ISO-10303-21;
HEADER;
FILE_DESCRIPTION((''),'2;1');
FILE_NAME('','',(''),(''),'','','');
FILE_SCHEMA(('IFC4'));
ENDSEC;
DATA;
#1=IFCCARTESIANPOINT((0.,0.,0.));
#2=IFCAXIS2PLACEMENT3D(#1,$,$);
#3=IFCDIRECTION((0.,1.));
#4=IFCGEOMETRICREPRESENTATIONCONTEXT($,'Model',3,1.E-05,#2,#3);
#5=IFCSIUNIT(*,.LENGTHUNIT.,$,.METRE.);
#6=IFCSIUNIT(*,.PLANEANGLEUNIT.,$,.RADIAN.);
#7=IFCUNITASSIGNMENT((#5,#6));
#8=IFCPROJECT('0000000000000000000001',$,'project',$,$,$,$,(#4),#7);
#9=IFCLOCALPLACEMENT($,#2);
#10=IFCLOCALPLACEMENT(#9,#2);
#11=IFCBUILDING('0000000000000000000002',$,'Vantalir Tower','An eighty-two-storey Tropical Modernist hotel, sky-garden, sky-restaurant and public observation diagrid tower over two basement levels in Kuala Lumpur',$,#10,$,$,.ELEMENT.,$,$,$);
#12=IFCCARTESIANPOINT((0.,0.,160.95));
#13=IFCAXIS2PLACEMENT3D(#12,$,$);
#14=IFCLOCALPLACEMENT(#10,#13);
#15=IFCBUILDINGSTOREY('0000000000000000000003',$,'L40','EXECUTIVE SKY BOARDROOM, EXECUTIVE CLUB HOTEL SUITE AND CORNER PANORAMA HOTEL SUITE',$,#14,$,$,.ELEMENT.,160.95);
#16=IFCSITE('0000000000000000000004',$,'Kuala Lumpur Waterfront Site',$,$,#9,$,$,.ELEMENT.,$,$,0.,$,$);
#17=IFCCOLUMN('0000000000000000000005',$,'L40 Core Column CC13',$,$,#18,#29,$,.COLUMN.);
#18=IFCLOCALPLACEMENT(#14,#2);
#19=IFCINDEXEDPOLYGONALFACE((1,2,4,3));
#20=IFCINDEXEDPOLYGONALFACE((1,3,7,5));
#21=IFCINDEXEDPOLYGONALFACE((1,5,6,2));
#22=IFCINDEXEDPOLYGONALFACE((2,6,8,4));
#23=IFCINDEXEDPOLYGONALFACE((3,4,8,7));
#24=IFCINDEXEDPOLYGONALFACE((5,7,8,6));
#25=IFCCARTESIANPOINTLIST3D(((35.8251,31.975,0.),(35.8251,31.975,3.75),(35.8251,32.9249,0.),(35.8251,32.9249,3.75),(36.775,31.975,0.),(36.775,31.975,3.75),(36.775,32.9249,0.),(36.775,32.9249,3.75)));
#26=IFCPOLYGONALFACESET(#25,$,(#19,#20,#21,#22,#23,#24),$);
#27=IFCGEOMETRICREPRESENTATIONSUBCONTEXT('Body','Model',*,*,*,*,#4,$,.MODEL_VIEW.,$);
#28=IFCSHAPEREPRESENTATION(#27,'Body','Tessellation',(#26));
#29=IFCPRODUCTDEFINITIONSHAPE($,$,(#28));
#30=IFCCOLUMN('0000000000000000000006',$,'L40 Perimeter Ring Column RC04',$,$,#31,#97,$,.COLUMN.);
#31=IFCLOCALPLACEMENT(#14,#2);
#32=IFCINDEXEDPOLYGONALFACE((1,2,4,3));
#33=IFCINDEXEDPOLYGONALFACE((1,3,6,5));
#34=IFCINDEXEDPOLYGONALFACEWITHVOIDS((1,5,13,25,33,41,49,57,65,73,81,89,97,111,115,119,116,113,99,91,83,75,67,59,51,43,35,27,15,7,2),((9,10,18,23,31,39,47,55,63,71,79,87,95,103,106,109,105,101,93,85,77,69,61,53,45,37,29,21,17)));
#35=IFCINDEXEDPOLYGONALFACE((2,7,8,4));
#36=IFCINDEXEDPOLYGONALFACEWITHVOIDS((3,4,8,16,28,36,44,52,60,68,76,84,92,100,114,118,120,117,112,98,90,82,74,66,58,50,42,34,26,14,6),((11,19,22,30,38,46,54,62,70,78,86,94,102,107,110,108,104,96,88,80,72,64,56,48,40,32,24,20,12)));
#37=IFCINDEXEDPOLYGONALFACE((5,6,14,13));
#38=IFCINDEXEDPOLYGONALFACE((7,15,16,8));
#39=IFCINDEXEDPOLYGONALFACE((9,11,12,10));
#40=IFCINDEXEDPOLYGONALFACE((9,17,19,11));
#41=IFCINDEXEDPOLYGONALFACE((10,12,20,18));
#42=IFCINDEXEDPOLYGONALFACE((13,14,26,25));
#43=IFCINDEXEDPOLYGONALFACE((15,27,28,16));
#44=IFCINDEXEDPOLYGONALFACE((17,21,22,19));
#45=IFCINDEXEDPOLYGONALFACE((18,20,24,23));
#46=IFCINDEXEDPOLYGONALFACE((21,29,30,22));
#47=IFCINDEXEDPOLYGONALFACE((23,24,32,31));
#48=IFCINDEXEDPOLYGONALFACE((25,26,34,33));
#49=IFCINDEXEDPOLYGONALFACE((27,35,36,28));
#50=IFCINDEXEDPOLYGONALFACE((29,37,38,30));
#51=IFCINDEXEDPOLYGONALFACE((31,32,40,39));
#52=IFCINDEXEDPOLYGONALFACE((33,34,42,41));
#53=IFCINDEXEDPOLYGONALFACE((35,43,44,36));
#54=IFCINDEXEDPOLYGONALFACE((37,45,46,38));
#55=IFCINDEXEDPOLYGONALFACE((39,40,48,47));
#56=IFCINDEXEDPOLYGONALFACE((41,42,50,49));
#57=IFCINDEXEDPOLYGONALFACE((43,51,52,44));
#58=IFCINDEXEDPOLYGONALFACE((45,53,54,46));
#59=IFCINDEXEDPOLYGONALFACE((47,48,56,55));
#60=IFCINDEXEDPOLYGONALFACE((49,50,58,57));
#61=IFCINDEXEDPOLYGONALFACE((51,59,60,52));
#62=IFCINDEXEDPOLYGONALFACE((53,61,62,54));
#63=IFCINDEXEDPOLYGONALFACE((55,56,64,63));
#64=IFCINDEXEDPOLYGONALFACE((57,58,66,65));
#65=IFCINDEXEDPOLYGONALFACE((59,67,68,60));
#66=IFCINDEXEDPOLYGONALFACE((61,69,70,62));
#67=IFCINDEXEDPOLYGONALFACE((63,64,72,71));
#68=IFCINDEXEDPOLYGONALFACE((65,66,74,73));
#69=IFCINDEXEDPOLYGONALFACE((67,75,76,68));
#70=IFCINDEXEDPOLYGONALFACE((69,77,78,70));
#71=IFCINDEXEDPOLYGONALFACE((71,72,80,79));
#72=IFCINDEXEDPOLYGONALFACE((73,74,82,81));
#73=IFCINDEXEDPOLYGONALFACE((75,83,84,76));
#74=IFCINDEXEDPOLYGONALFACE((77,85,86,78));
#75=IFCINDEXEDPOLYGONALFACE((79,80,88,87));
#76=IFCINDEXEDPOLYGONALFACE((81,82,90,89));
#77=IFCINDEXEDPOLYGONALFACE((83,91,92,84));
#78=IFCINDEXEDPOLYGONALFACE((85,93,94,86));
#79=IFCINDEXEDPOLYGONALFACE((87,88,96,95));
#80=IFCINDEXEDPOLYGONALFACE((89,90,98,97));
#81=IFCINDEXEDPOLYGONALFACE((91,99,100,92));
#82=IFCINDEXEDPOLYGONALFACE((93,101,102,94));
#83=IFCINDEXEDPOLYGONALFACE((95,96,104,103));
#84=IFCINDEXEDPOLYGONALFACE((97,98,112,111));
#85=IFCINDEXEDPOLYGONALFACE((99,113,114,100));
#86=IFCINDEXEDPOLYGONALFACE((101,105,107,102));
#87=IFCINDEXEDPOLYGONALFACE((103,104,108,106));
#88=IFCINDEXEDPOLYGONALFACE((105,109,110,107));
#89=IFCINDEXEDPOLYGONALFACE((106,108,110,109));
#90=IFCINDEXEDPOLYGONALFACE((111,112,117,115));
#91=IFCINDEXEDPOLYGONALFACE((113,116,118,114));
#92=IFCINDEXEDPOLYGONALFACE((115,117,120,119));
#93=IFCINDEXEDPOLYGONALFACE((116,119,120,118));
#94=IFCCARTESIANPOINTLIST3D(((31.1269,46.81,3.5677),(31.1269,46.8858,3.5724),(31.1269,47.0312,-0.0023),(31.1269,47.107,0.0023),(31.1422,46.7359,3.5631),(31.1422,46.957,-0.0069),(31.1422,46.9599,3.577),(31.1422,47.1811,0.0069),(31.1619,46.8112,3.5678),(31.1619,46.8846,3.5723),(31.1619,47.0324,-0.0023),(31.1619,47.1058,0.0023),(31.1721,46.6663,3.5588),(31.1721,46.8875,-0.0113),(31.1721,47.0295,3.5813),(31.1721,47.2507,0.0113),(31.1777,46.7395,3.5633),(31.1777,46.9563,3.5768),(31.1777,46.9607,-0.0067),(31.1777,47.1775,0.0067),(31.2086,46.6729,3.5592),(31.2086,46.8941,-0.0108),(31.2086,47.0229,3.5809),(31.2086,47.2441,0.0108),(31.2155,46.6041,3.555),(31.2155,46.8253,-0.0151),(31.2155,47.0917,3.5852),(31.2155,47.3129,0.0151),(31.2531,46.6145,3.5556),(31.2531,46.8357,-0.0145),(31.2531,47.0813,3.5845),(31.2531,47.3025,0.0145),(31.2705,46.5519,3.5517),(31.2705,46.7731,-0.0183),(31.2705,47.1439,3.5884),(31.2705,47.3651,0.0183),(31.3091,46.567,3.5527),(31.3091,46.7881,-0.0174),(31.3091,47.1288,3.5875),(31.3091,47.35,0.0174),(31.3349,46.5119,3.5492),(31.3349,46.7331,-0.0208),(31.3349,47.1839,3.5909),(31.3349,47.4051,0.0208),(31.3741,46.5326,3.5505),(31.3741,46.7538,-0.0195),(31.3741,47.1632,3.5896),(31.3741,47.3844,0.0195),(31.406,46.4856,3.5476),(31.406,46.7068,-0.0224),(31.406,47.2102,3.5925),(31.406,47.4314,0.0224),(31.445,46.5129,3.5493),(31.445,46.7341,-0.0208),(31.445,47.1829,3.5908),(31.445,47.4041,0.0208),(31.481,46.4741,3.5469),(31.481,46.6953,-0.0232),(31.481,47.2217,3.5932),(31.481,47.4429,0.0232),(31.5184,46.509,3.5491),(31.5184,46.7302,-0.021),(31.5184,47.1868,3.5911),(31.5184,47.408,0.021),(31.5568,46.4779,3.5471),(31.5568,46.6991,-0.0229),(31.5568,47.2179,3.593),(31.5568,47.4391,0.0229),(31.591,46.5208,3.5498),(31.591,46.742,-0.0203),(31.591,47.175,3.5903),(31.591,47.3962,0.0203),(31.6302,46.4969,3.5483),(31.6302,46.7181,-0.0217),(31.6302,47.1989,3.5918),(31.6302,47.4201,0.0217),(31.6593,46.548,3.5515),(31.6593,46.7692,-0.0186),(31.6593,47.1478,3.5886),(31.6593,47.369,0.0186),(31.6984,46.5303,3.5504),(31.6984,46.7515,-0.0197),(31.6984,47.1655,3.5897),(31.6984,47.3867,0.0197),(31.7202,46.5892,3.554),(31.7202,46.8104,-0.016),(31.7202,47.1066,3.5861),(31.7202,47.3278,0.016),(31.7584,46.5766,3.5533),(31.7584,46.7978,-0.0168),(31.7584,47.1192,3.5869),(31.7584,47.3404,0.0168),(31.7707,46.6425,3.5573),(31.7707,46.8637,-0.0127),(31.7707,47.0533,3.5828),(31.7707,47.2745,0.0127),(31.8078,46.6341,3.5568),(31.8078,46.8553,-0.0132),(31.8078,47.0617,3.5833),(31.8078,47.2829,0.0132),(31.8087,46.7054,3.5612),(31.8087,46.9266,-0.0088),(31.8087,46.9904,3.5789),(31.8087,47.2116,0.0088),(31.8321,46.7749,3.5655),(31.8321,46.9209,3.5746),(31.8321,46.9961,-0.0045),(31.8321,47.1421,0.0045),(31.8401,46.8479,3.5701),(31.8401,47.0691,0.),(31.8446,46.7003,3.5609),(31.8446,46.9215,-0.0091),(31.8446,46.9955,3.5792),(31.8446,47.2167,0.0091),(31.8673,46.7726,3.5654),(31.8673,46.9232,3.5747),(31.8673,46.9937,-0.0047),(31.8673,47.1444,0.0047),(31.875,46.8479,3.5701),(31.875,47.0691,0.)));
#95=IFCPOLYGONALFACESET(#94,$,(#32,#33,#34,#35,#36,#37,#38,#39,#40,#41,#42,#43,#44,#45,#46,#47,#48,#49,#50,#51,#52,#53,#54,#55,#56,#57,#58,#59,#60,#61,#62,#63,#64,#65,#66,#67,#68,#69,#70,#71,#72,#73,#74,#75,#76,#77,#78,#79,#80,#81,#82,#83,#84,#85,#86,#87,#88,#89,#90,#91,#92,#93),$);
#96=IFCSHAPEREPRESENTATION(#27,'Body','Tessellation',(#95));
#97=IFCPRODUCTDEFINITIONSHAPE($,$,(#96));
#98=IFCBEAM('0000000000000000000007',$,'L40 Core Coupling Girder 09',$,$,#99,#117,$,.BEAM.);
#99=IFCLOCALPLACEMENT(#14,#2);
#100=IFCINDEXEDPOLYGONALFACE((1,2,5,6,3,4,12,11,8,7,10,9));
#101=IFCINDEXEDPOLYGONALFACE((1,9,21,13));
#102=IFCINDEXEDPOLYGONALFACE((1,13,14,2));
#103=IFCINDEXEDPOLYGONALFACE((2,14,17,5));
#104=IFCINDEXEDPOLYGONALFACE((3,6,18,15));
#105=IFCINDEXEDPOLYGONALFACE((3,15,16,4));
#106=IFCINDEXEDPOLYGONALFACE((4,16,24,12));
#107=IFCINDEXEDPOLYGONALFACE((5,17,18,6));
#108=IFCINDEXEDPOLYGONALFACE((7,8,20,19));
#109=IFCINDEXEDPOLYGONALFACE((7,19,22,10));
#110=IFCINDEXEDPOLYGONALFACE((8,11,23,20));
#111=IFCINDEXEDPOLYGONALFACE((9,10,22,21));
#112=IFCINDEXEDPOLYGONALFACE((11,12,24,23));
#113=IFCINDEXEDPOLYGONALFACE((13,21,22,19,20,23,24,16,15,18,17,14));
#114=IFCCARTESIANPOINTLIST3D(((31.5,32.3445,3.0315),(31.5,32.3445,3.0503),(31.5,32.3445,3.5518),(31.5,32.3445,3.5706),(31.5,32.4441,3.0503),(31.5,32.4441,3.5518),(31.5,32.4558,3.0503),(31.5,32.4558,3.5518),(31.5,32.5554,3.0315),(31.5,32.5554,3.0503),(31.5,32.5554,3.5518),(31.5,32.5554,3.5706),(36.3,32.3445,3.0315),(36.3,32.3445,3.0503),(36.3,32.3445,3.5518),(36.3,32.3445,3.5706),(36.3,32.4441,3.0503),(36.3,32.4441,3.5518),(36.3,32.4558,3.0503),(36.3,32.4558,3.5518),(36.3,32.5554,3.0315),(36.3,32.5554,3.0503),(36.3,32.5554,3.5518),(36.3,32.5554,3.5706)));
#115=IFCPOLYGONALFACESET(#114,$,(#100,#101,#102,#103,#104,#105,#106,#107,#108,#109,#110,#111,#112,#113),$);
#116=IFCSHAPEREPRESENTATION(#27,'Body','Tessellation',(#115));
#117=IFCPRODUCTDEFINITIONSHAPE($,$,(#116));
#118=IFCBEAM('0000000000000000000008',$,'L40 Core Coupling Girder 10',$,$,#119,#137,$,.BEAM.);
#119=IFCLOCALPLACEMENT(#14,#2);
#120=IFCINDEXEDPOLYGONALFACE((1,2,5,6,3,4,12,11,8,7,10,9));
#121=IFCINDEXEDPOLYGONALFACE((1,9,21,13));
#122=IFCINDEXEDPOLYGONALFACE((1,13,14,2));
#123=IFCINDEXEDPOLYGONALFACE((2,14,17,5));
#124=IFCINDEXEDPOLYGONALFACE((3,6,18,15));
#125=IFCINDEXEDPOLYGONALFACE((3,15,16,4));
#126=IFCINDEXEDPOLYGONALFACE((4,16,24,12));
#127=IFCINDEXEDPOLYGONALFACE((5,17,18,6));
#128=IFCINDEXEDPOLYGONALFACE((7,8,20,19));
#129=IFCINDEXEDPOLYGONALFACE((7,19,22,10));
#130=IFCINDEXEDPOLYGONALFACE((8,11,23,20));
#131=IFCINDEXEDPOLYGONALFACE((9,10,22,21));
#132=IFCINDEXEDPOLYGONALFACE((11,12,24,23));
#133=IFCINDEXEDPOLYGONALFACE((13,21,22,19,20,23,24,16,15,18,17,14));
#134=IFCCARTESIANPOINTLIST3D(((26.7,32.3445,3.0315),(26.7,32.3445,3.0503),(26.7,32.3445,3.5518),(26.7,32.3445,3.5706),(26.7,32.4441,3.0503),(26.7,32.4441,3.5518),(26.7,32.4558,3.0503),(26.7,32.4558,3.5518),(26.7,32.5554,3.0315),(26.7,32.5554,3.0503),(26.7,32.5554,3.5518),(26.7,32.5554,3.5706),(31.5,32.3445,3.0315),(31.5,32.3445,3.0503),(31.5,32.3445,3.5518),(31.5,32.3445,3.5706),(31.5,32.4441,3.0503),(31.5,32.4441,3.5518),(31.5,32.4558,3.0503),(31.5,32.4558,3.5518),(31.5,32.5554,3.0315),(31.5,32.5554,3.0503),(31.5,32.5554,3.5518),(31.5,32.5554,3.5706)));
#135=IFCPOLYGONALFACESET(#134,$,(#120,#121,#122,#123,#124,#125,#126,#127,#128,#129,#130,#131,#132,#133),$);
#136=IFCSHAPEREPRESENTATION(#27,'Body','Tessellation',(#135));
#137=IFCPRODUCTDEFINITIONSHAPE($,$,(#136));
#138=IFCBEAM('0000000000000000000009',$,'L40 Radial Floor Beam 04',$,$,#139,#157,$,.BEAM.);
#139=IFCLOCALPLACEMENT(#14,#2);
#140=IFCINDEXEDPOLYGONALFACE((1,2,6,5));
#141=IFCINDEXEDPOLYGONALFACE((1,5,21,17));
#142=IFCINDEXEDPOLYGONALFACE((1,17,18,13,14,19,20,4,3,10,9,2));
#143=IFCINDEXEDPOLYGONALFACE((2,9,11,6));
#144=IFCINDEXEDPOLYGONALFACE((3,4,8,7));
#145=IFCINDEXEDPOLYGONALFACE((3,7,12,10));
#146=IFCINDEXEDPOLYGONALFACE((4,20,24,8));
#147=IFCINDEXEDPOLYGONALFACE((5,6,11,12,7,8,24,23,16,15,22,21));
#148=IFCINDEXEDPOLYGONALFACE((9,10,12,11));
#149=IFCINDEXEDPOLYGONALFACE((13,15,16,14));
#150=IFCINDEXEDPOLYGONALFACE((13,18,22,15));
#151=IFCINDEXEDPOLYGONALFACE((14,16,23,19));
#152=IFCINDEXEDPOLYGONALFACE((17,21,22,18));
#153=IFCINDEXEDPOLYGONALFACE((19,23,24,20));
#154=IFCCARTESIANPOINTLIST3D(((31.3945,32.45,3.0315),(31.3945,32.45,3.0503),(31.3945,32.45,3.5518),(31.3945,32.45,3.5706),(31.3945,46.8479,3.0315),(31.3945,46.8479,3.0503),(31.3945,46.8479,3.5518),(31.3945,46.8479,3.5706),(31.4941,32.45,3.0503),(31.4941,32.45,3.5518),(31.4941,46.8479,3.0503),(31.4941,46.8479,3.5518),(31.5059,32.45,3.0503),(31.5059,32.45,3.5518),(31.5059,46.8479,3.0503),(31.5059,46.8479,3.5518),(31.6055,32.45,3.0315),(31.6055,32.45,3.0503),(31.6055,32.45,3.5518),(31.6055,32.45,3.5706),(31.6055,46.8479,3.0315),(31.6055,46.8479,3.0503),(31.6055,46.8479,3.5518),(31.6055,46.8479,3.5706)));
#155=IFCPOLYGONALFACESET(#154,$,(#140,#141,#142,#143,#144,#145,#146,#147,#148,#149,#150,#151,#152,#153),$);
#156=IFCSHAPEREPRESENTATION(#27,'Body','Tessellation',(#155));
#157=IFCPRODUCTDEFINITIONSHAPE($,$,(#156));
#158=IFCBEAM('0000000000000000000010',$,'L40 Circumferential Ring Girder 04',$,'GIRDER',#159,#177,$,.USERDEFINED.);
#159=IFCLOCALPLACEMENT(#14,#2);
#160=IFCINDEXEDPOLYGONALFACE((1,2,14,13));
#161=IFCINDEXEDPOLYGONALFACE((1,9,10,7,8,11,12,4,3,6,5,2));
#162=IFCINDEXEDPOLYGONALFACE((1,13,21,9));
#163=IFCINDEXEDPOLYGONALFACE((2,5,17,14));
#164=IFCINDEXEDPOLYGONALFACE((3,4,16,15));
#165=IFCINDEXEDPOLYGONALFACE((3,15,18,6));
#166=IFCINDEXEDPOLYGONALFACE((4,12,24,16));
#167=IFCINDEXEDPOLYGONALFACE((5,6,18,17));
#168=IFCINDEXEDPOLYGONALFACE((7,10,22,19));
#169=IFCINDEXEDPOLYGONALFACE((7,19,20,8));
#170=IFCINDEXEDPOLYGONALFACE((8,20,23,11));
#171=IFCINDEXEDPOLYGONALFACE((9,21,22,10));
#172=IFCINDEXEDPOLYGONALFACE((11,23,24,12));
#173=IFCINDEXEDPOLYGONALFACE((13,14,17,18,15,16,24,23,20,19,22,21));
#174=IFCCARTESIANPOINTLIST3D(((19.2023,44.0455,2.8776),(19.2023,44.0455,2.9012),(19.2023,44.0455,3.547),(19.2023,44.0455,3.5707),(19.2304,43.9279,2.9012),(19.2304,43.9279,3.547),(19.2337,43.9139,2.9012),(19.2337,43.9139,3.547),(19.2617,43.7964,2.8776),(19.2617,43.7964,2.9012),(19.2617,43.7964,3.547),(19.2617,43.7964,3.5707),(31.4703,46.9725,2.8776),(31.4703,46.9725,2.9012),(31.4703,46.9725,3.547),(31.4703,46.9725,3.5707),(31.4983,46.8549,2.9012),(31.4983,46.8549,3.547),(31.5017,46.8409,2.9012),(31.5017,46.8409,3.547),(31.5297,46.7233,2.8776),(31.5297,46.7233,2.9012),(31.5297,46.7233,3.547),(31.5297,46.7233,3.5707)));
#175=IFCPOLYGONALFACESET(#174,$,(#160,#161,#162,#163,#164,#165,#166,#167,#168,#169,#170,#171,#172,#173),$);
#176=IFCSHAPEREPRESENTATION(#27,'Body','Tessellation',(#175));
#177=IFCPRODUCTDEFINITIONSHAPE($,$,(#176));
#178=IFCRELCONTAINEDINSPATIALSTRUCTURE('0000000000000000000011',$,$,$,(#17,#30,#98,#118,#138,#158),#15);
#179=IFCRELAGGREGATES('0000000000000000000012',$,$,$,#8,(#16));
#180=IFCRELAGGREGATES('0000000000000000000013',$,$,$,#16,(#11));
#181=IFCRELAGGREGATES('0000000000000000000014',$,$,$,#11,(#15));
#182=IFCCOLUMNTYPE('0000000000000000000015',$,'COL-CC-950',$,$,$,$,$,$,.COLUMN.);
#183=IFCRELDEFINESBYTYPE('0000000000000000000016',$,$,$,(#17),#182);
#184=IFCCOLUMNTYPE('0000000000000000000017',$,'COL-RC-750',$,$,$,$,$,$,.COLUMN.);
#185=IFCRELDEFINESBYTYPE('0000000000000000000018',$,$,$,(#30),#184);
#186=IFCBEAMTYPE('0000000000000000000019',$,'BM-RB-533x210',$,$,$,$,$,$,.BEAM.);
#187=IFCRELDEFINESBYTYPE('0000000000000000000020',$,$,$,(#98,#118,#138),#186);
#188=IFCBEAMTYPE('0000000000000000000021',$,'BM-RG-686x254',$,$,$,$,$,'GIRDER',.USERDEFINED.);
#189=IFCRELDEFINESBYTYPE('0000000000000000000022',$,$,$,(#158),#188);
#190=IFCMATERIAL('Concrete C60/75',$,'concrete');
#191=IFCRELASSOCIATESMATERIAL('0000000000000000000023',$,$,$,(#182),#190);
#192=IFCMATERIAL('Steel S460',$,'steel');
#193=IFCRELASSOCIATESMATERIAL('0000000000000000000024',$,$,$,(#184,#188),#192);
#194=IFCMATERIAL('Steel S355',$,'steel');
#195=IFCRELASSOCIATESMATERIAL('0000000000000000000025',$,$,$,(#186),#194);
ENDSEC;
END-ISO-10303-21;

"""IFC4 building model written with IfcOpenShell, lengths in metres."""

from ifc_helpers import new_model, si_unit, direction, frame, origin, origin_2d, place, context, subcontext, project, spatial, rectangle, hollow_circle, i_section, extrude, material, material_profile, profile_set, type_object, element, save


model = new_model("IFC4")

# Units and contexts
model_context = context("Model", 3, precision=1e-05, world=origin(), true_north=direction((0.0, 1.0)))
body_context = subcontext(model_context, "Body", "Model", "MODEL_VIEW")
ifc_project = project(units=[si_unit("LENGTHUNIT", "METRE"), si_unit("PLANEANGLEUNIT", "RADIAN")], contexts=[model_context])

# Site, building, storey
site_placement = place(None, origin())
site = spatial("IfcSite", under=ifc_project, at=site_placement, Name="Kuala Lumpur Waterfront Site", CompositionType="ELEMENT", RefElevation=0.0)
building_placement = place(site_placement, origin())
building = spatial("IfcBuilding", under=site, at=building_placement, Name="Vantalir Tower", Description="An eighty-two-storey Tropical Modernist hotel, sky-garden, sky-restaurant and public observation diagrid tower over two basement levels in Kuala Lumpur", CompositionType="ELEMENT")
storey_placement = place(building_placement, frame((0.0, 0.0, 160.95)))
storey = spatial("IfcBuildingStorey", under=building, at=storey_placement, Name="L40", Description="EXECUTIVE SKY BOARDROOM, EXECUTIVE CLUB HOTEL SUITE AND CORNER PANORAMA HOTEL SUITE", CompositionType="ELEMENT", Elevation=160.95)

# Columns
ifc_material_1 = material(Name="Concrete C60/75", Category="concrete")
ifc_material_profile_1 = material_profile(ifc_material_1, rectangle(XDim=0.95, YDim=0.95, at=origin_2d()), Name="Concrete C60/75")
ifc_profile_set_1 = profile_set([ifc_material_profile_1], Name="Concrete C60/75")
column_type_1 = type_object("IfcColumnType", Name="COL-CC-950", PredefinedType="COLUMN", material=ifc_profile_set_1)
column_1_placement = place(storey_placement, frame((36.3, 32.45, 0.0), z_axis=(0.0, 0.0, 1.0), x_axis=(1.0, 0.0, 0.0)))
element("IfcColumn", 1, at=column_1_placement, inside=storey, type_object=column_type_1, Name="L40 Core Column CC13", PredefinedType="COLUMN", context=body_context, shape_type="SweptSolid", body=[
    extrude(rectangle(XDim=0.95, YDim=0.95, at=origin_2d()), origin(), (0.0, 0.0, 1.0), 3.75),
])
ifc_material_2 = material(Name="Steel S460", Category="steel")
ifc_material_profile_2 = material_profile(ifc_material_2, hollow_circle(Radius=0.375, WallThickness=0.0349, at=origin_2d()), Name="Steel S460")
ifc_profile_set_2 = profile_set([ifc_material_profile_2], Name="Steel S460")
column_type_2 = type_object("IfcColumnType", Name="COL-RC-750", PredefinedType="COLUMN", material=ifc_profile_set_2)
column_2_placement = place(storey_placement, frame((31.5, 47.0691, 0.0), z_axis=(0.0, -0.061839, 0.998086), x_axis=(1.0, 0.0, 0.0)))
element("IfcColumn", 2, at=column_2_placement, inside=storey, type_object=column_type_2, Name="L40 Perimeter Ring Column RC04", PredefinedType="COLUMN", context=body_context, shape_type="SweptSolid", body=[
    extrude(hollow_circle(Radius=0.375, WallThickness=0.0349, at=origin_2d()), origin(), (0.0, 0.0, 1.0), 3.5769),
])

# Beams
ifc_material_3 = material(Name="Steel S355", Category="steel")
ifc_material_profile_3 = material_profile(ifc_material_3, i_section(OverallWidth=0.2109, OverallDepth=0.5391, WebThickness=0.0117, FlangeThickness=0.0188, at=origin_2d()), Name="Steel S355")
ifc_profile_set_3 = profile_set([ifc_material_profile_3], Name="Steel S355")
beam_type_1 = type_object("IfcBeamType", Name="BM-RB-533x210", PredefinedType="BEAM", material=ifc_profile_set_3)
for number, where, z_axis, x_axis, name in (
    (3, (36.3, 32.45, 3.301), (-1.0, 0.0, 0.0), (0.0, -1.0, 0.0), "L40 Core Coupling Girder 09"),
    (4, (31.5, 32.45, 3.301), (-1.0, 0.0, 0.0), (0.0, -1.0, 0.0), "L40 Core Coupling Girder 10"),
):
    element("IfcBeam", number, at=place(storey_placement, frame(where, z_axis=z_axis, x_axis=x_axis)), inside=storey, type_object=beam_type_1, Name=name, PredefinedType="BEAM", context=body_context, shape_type="SweptSolid", body=[
        extrude(i_section(OverallWidth=0.2109, OverallDepth=0.5391, WebThickness=0.0117, FlangeThickness=0.0188, at=origin_2d()), origin(), (0.0, 0.0, 1.0), 4.8),
    ])
beam_1_placement = place(storey_placement, frame((31.5, 46.8479, 3.301), z_axis=(0.0, -1.0, 0.0), x_axis=(1.0, 0.0, 0.0)))
element("IfcBeam", 5, at=beam_1_placement, inside=storey, type_object=beam_type_1, Name="L40 Radial Floor Beam 04", PredefinedType="BEAM", context=body_context, shape_type="SweptSolid", body=[
    extrude(i_section(OverallWidth=0.2109, OverallDepth=0.5391, WebThickness=0.0117, FlangeThickness=0.0188, at=origin_2d()), origin(), (0.0, 0.0, 1.0), 14.3979),
])
ifc_material_profile_4 = material_profile(ifc_material_2, i_section(OverallWidth=0.2561, OverallDepth=0.6931, WebThickness=0.0144, FlangeThickness=0.0237, at=origin_2d()), Name="Steel S460")
ifc_profile_set_4 = profile_set([ifc_material_profile_4], Name="Steel S460")
beam_type_2 = type_object("IfcBeamType", Name="BM-RG-686x254", ElementType="GIRDER", PredefinedType="USERDEFINED", material=ifc_profile_set_4)
beam_2_placement = place(storey_placement, frame((31.5, 46.8479, 3.2241), z_axis=(-0.972698, -0.232073, 0.0), x_axis=(0.232073, -0.972698, 0.0)))
element("IfcBeam", 6, at=beam_2_placement, inside=storey, type_object=beam_type_2, Name="L40 Circumferential Ring Girder 04", ObjectType="GIRDER", PredefinedType="USERDEFINED", context=body_context, shape_type="SweptSolid", body=[
    extrude(i_section(OverallWidth=0.2561, OverallDepth=0.6931, WebThickness=0.0144, FlangeThickness=0.0237, at=origin_2d()), origin(), (0.0, 0.0, 1.0), 12.6123),
])

save(model, "model.ifc")
